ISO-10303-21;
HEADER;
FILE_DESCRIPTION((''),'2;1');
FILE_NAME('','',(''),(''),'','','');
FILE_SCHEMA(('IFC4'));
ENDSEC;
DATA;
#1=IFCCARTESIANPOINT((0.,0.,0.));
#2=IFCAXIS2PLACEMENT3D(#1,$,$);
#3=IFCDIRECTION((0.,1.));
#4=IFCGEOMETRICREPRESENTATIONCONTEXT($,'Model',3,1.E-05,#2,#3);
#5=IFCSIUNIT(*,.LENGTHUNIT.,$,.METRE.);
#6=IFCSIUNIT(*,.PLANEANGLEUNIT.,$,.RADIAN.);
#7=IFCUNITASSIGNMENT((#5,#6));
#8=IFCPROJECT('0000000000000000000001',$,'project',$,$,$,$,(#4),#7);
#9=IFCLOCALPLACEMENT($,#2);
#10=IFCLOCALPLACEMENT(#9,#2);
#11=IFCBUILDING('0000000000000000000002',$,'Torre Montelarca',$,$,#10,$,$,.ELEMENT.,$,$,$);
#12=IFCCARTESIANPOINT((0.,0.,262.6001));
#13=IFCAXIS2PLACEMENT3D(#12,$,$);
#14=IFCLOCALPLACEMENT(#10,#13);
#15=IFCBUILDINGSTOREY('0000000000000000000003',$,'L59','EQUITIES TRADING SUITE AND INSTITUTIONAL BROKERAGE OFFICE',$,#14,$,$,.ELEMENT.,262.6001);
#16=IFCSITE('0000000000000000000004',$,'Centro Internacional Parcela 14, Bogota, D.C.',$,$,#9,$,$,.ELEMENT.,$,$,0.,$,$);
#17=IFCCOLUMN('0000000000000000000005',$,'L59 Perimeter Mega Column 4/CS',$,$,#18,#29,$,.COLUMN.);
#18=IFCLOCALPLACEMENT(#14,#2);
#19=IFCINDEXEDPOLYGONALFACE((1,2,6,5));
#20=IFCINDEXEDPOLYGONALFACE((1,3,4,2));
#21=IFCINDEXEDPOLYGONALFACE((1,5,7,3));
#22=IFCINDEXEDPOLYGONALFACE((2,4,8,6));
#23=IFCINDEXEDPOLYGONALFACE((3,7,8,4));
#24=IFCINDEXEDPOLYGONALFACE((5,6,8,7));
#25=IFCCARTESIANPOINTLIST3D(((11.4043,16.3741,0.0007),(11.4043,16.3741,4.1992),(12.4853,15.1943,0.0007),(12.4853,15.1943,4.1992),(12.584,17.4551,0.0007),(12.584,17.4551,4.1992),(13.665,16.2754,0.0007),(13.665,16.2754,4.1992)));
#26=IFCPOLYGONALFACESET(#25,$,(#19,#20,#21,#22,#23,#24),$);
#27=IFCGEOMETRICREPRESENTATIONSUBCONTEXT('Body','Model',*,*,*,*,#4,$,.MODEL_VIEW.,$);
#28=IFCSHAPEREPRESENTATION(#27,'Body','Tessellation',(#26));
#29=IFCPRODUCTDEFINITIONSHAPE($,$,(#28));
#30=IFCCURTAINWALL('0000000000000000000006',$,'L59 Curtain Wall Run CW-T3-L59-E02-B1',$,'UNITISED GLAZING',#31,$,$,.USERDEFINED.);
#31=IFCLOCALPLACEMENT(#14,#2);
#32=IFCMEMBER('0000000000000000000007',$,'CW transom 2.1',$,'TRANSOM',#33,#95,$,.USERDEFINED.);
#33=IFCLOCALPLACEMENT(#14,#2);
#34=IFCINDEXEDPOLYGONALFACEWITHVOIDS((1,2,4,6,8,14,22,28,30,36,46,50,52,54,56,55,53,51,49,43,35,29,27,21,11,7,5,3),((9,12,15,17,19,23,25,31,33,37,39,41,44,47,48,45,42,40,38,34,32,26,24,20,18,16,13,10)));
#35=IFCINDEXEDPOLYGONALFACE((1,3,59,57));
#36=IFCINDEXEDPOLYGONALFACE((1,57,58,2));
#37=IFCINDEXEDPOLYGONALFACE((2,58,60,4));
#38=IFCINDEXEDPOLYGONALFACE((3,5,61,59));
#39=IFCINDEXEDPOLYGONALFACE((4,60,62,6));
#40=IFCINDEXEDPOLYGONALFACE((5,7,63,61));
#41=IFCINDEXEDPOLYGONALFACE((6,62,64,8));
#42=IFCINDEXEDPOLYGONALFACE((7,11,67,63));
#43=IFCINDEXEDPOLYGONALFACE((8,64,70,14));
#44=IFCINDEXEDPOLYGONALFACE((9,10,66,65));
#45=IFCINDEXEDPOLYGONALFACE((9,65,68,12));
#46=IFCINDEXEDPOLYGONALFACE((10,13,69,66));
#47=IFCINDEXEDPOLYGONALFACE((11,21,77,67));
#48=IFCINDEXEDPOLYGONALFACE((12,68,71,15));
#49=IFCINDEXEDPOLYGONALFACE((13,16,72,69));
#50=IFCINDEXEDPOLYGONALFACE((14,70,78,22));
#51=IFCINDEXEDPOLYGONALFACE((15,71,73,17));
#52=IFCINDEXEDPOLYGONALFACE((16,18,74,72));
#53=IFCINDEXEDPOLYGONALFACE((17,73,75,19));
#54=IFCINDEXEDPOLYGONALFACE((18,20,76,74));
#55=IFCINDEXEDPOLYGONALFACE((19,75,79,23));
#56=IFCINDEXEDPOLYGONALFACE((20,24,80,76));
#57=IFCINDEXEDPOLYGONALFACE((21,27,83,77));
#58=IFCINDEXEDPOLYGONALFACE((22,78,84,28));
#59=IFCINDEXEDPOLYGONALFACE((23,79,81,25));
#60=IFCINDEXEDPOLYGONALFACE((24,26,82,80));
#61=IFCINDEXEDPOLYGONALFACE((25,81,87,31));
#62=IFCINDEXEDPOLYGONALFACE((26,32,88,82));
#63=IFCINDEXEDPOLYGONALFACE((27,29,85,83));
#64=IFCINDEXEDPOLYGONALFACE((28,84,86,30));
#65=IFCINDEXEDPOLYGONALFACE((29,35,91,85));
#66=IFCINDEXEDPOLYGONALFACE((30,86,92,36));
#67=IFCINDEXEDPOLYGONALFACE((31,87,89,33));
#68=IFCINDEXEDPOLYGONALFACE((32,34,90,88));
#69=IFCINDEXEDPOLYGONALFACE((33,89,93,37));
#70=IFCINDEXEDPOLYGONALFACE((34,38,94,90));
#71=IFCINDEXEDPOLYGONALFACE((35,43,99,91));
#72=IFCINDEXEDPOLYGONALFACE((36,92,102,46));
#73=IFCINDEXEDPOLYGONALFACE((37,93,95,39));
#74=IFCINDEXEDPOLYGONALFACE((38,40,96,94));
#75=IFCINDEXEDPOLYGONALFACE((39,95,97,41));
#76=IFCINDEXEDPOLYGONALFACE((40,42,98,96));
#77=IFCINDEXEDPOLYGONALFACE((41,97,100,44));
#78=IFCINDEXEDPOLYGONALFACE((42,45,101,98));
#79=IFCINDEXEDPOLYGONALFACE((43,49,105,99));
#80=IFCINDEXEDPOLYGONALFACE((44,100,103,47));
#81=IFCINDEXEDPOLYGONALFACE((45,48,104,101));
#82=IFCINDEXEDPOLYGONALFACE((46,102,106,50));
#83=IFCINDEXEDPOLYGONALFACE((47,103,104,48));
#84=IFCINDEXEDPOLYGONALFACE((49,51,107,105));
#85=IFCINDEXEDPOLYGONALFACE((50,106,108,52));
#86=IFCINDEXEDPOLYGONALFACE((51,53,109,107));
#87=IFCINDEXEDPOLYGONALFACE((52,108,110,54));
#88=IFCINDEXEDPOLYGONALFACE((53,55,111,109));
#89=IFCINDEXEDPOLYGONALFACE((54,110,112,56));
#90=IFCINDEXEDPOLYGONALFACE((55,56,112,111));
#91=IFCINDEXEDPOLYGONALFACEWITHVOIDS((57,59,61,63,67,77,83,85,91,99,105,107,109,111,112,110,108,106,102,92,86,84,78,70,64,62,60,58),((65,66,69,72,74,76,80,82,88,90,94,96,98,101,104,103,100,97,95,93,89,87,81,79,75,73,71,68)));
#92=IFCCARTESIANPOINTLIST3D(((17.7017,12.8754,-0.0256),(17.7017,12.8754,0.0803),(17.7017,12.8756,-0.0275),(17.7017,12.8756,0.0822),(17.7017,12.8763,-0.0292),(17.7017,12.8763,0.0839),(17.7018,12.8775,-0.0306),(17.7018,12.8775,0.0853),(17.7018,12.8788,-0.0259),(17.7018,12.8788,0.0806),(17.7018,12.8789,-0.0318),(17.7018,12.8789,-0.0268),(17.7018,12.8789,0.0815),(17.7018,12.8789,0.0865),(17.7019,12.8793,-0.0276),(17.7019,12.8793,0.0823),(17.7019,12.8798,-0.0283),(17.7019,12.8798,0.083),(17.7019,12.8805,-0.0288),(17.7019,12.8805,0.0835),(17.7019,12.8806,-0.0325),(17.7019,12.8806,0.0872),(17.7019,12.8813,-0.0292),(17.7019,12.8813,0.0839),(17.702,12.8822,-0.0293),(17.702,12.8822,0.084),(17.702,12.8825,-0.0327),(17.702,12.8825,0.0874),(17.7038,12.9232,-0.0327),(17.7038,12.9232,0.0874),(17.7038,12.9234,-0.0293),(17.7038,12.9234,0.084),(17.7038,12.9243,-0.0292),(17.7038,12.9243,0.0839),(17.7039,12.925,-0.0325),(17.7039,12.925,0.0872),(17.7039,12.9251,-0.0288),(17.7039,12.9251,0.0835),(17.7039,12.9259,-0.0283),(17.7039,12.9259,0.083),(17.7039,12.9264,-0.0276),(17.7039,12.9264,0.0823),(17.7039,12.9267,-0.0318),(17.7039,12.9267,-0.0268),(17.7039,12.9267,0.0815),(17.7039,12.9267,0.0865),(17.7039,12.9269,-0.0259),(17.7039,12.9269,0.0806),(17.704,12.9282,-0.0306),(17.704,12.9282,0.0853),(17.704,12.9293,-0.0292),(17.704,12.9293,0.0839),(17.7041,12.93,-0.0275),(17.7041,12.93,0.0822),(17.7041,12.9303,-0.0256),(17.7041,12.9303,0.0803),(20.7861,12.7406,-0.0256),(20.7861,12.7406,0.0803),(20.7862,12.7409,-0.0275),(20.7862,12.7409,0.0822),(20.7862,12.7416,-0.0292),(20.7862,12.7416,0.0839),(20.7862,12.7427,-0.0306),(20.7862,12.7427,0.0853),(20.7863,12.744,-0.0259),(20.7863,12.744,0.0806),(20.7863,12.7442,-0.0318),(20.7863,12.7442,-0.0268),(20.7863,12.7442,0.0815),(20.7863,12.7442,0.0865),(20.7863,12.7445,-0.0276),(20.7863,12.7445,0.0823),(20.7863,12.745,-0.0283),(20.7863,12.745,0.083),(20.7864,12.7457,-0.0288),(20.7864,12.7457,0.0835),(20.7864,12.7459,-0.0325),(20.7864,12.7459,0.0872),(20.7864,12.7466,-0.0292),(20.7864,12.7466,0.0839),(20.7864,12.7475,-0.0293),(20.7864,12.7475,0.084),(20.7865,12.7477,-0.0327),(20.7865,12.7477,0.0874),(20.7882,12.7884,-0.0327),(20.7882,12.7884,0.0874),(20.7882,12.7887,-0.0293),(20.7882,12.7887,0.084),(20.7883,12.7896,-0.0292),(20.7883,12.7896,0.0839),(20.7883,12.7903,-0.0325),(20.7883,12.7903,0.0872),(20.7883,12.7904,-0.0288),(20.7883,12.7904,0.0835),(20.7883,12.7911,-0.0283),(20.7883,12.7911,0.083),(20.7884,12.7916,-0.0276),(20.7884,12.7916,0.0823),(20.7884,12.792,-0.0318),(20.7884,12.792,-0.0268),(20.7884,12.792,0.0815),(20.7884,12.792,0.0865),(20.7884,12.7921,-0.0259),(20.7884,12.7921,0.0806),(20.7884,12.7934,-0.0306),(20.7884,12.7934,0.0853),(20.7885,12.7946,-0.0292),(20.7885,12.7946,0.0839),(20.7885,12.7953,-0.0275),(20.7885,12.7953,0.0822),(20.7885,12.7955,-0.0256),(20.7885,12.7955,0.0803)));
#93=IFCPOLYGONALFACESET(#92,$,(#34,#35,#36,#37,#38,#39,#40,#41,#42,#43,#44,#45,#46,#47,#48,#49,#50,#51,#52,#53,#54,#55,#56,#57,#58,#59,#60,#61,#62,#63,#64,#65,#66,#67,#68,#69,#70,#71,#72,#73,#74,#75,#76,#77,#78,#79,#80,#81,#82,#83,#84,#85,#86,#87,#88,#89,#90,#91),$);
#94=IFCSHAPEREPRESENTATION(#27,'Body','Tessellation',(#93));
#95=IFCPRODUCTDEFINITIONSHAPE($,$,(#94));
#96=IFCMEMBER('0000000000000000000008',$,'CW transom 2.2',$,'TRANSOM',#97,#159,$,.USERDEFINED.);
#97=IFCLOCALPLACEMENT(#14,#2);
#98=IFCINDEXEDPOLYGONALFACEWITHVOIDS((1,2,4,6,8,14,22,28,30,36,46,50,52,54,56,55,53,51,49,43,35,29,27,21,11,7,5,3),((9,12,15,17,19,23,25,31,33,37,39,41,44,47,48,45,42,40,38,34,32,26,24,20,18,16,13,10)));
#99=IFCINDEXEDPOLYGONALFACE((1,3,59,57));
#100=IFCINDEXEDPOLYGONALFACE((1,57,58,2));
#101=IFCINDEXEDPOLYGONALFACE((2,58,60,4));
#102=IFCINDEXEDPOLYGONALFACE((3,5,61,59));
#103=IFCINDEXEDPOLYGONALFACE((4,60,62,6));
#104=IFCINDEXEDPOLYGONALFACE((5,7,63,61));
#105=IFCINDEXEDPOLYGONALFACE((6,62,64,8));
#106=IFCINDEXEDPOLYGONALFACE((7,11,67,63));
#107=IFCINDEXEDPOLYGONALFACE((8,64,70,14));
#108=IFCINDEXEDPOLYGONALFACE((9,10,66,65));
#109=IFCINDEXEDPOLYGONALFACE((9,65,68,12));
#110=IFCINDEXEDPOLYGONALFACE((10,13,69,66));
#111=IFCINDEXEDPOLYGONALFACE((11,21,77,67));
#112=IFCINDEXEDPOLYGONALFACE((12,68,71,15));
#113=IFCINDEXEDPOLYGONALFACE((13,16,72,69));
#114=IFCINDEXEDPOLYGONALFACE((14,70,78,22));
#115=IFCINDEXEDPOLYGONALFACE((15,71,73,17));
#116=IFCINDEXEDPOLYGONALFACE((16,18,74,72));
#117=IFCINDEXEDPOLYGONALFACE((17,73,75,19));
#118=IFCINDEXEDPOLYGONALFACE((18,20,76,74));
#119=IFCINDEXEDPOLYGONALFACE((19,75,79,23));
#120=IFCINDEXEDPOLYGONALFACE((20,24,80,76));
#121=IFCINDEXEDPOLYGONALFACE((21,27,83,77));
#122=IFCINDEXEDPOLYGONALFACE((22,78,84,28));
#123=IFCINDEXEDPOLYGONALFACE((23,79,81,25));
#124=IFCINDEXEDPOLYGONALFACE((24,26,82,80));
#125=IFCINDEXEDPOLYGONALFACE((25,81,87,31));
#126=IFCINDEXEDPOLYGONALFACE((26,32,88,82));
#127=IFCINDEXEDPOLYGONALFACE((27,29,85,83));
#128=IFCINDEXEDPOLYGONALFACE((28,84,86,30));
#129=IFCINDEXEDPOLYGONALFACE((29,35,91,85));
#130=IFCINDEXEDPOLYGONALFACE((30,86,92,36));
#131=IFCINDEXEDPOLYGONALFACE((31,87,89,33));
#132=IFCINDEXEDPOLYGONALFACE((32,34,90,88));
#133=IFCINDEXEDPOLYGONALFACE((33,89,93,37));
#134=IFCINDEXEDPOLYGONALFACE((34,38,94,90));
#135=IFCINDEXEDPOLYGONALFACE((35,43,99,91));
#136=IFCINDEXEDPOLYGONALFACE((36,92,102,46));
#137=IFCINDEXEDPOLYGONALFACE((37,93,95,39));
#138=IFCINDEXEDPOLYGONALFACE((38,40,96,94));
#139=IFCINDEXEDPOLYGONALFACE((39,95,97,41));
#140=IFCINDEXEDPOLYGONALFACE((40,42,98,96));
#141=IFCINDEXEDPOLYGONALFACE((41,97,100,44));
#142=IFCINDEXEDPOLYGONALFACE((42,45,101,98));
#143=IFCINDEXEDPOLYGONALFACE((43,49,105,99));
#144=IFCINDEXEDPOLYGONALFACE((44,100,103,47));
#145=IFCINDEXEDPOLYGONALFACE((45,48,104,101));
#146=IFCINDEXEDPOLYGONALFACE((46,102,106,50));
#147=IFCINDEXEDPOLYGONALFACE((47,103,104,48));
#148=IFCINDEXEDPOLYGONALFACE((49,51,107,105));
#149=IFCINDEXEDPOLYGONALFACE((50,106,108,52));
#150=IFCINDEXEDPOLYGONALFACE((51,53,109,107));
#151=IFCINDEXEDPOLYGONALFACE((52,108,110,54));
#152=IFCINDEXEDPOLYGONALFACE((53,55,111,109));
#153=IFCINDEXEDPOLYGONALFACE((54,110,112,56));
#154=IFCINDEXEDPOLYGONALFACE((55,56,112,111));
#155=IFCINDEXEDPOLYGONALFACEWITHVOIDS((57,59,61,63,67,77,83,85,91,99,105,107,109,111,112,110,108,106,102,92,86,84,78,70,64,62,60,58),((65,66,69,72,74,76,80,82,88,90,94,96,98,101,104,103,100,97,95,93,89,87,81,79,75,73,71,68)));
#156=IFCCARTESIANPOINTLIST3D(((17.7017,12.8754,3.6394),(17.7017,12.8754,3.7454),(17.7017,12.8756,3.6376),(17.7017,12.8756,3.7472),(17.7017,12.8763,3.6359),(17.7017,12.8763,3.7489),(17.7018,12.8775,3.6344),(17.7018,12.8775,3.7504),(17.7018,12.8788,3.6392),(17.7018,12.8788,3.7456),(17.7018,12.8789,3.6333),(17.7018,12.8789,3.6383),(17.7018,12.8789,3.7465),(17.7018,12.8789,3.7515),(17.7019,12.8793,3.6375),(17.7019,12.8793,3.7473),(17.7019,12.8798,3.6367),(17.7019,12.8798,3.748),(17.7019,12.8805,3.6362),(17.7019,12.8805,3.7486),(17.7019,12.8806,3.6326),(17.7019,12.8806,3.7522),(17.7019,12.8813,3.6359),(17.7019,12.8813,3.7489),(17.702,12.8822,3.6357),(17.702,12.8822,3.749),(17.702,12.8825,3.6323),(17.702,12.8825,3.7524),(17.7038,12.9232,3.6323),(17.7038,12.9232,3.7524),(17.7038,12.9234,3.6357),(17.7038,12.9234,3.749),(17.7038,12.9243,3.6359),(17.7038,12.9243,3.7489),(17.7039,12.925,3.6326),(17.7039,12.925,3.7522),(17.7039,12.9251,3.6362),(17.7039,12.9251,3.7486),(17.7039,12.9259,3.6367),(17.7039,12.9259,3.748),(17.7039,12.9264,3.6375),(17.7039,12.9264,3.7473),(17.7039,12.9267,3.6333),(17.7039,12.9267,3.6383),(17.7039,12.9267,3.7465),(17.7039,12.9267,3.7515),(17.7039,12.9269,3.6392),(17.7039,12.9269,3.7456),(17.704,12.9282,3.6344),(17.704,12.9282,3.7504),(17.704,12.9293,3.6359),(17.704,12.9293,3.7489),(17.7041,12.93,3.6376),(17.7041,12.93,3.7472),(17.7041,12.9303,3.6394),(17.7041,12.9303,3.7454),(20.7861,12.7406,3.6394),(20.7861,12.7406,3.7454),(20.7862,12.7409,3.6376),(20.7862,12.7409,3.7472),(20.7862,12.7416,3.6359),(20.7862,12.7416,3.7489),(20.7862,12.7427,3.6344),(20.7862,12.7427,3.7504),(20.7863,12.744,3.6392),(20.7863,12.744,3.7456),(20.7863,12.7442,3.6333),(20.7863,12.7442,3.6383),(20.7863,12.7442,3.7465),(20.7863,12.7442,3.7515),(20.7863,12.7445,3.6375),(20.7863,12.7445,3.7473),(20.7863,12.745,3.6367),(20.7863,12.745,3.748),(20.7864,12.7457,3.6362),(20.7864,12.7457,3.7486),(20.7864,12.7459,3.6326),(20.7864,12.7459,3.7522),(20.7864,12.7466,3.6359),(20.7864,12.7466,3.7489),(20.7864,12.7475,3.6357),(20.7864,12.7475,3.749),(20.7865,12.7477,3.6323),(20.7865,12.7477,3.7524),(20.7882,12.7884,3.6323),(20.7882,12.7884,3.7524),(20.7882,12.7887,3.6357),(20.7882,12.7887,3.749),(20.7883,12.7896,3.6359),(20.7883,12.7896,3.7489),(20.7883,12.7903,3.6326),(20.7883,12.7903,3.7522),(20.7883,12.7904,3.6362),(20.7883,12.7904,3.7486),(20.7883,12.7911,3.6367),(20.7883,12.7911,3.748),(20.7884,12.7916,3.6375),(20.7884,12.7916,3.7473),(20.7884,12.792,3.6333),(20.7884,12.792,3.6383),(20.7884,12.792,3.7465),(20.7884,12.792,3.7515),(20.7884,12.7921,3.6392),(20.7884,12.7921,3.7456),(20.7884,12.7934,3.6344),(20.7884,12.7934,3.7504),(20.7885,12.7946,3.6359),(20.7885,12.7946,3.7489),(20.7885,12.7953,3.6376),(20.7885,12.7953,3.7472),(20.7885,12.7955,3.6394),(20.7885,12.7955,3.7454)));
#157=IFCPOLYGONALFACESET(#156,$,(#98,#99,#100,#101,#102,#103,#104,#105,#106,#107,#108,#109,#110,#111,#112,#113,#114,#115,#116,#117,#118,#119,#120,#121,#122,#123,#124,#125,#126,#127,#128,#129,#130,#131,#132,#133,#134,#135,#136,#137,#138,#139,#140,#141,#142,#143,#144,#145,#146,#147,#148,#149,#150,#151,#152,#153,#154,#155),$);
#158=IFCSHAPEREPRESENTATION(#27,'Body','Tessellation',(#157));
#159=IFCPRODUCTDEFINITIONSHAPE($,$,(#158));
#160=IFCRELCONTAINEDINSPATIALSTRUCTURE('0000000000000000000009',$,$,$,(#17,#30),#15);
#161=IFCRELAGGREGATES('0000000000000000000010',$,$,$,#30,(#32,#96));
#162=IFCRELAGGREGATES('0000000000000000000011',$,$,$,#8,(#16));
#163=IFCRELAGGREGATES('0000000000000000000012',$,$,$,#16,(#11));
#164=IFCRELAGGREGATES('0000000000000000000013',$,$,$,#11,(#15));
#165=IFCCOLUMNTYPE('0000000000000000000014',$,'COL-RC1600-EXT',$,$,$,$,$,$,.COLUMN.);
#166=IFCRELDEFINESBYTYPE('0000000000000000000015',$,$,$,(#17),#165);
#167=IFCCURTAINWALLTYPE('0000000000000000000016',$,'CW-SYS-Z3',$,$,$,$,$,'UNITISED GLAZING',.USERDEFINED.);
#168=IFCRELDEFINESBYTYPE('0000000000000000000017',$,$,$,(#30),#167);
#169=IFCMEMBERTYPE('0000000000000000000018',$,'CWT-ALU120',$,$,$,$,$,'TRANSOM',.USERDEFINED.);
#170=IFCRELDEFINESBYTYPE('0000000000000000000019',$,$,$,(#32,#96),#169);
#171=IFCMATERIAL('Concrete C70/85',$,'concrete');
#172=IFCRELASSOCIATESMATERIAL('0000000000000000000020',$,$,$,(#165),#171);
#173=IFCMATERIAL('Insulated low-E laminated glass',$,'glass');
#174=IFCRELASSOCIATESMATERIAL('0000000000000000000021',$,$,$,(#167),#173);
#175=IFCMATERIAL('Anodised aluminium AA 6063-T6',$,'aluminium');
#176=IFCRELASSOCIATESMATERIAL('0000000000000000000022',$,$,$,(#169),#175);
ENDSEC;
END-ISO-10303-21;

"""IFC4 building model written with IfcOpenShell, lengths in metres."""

from ifc_helpers import new_model, si_unit, direction, frame, origin, origin_2d, place, context, subcontext, project, spatial, rectangle, hollow_rectangle, extrude, source, transform, mapped, material, material_profile, profile_set, type_object, element, aggregate, save


model = new_model("IFC4")

# Units and contexts
model_context = context("Model", 3, precision=1e-05, world=origin(), true_north=direction((0.0, 1.0)))
body_context = subcontext(model_context, "Body", "Model", "MODEL_VIEW")
ifc_project = project(units=[si_unit("LENGTHUNIT", "METRE"), si_unit("PLANEANGLEUNIT", "RADIAN")], contexts=[model_context])

# Site, building, storey
site_placement = place(None, origin())
site = spatial("IfcSite", under=ifc_project, at=site_placement, Name="Centro Internacional Parcela 14, Bogota, D.C.", CompositionType="ELEMENT", RefElevation=0.0)
building_placement = place(site_placement, origin())
building = spatial("IfcBuilding", under=site, at=building_placement, Name="Torre Montelarca", CompositionType="ELEMENT")
storey_placement = place(building_placement, frame((0.0, 0.0, 262.6001)))
storey = spatial("IfcBuildingStorey", under=building, at=storey_placement, Name="L59", Description="EQUITIES TRADING SUITE AND INSTITUTIONAL BROKERAGE OFFICE", CompositionType="ELEMENT", Elevation=262.6001)

# Column
ifc_material_1 = material(Name="Concrete C70/85", Category="concrete")
ifc_material_profile_1 = material_profile(ifc_material_1, rectangle(XDim=1.6001, YDim=1.6001, at=origin_2d()), Name="RC1600X1600", Category="concrete")
ifc_profile_set_1 = profile_set([ifc_material_profile_1], Name="Concrete C70/85")
column_type = type_object("IfcColumnType", Name="COL-RC1600-EXT", PredefinedType="COLUMN", material=ifc_profile_set_1)
shared_shape_1 = source(origin(), body_context, "Body", "SweptSolid", [
    extrude(rectangle(XDim=1.6001, YDim=1.6001, at=origin_2d()), origin(), (0.0, 0.0, 1.0), 4.1985),
])
column_placement = place(storey_placement, frame((12.5347, 16.3247, 0.0007), z_axis=(0.0, 0.0, 1.0), x_axis=(-0.67559, 0.737277, 0.0)))
element("IfcColumn", 1, at=column_placement, inside=storey, type_object=column_type, Name="L59 Perimeter Mega Column 4/CS", PredefinedType="COLUMN", context=body_context, shape_type="MappedRepresentation", body=[
    mapped(shared_shape_1, transform((0.0, 0.0, 0.0), scale=1.0)),
])

# Curtain wall, members
ifc_material_2 = material(Name="Insulated low-E laminated glass", Category="glass")
curtain_wall_type = type_object("IfcCurtainWallType", Name="CW-SYS-Z3", ElementType="UNITISED GLAZING", PredefinedType="USERDEFINED", material=ifc_material_2)
curtain_wall_1_placement = place(storey_placement, origin())
curtain_wall_1 = element("IfcCurtainWall", 2, at=curtain_wall_1_placement, inside=storey, type_object=curtain_wall_type, Name="L59 Curtain Wall Run CW-T3-L59-E02-B1", ObjectType="UNITISED GLAZING", PredefinedType="USERDEFINED")
ifc_material_3 = material(Name="Anodised aluminium AA 6063-T6", Category="aluminium")
ifc_material_profile_2 = material_profile(ifc_material_3, hollow_rectangle(XDim=0.0549, YDim=0.1201, WallThickness=0.0034, InnerFilletRadius=0.0034, OuterFilletRadius=0.0071, at=origin_2d()), Name="ALU55X120X3.5", Category="aluminium")
ifc_profile_set_2 = profile_set([ifc_material_profile_2], Name="Anodised aluminium AA 6063-T6")
member_type_1 = type_object("IfcMemberType", Name="CWT-ALU120", ElementType="TRANSOM", PredefinedType="USERDEFINED", material=ifc_profile_set_2)
shared_shape_2 = source(origin(), body_context, "Body", "SweptSolid", [
    extrude(hollow_rectangle(XDim=0.0549, YDim=0.1201, WallThickness=0.0034, InnerFilletRadius=0.0034, OuterFilletRadius=0.0071, at=origin_2d()), origin(), (0.0, 0.0, 1.0), 3.0874),
])
member_1_placement = place(storey_placement, frame((17.7029, 12.9028, 0.0273), z_axis=(0.999047, -0.04365, 0.0), x_axis=(0.04365, 0.999047, 0.0)))
member_1 = element("IfcMember", 3, at=member_1_placement, type_object=member_type_1, Name="CW transom 2.1", ObjectType="TRANSOM", PredefinedType="USERDEFINED", context=body_context, shape_type="MappedRepresentation", body=[
    mapped(shared_shape_2, transform((0.0, 0.0, 0.0), scale=1.0)),
])
member_2_placement = place(storey_placement, frame((17.7029, 12.9028, 3.6924), z_axis=(0.999047, -0.04365, 0.0), x_axis=(0.04365, 0.999047, 0.0)))
member_2 = element("IfcMember", 4, at=member_2_placement, type_object=member_type_1, Name="CW transom 2.2", ObjectType="TRANSOM", PredefinedType="USERDEFINED", context=body_context, shape_type="MappedRepresentation", body=[
    mapped(shared_shape_2, transform((0.0, 0.0, 0.0), scale=1.0)),
])

aggregate(curtain_wall_1, [member_1, member_2])

save(model, "model.ifc")
